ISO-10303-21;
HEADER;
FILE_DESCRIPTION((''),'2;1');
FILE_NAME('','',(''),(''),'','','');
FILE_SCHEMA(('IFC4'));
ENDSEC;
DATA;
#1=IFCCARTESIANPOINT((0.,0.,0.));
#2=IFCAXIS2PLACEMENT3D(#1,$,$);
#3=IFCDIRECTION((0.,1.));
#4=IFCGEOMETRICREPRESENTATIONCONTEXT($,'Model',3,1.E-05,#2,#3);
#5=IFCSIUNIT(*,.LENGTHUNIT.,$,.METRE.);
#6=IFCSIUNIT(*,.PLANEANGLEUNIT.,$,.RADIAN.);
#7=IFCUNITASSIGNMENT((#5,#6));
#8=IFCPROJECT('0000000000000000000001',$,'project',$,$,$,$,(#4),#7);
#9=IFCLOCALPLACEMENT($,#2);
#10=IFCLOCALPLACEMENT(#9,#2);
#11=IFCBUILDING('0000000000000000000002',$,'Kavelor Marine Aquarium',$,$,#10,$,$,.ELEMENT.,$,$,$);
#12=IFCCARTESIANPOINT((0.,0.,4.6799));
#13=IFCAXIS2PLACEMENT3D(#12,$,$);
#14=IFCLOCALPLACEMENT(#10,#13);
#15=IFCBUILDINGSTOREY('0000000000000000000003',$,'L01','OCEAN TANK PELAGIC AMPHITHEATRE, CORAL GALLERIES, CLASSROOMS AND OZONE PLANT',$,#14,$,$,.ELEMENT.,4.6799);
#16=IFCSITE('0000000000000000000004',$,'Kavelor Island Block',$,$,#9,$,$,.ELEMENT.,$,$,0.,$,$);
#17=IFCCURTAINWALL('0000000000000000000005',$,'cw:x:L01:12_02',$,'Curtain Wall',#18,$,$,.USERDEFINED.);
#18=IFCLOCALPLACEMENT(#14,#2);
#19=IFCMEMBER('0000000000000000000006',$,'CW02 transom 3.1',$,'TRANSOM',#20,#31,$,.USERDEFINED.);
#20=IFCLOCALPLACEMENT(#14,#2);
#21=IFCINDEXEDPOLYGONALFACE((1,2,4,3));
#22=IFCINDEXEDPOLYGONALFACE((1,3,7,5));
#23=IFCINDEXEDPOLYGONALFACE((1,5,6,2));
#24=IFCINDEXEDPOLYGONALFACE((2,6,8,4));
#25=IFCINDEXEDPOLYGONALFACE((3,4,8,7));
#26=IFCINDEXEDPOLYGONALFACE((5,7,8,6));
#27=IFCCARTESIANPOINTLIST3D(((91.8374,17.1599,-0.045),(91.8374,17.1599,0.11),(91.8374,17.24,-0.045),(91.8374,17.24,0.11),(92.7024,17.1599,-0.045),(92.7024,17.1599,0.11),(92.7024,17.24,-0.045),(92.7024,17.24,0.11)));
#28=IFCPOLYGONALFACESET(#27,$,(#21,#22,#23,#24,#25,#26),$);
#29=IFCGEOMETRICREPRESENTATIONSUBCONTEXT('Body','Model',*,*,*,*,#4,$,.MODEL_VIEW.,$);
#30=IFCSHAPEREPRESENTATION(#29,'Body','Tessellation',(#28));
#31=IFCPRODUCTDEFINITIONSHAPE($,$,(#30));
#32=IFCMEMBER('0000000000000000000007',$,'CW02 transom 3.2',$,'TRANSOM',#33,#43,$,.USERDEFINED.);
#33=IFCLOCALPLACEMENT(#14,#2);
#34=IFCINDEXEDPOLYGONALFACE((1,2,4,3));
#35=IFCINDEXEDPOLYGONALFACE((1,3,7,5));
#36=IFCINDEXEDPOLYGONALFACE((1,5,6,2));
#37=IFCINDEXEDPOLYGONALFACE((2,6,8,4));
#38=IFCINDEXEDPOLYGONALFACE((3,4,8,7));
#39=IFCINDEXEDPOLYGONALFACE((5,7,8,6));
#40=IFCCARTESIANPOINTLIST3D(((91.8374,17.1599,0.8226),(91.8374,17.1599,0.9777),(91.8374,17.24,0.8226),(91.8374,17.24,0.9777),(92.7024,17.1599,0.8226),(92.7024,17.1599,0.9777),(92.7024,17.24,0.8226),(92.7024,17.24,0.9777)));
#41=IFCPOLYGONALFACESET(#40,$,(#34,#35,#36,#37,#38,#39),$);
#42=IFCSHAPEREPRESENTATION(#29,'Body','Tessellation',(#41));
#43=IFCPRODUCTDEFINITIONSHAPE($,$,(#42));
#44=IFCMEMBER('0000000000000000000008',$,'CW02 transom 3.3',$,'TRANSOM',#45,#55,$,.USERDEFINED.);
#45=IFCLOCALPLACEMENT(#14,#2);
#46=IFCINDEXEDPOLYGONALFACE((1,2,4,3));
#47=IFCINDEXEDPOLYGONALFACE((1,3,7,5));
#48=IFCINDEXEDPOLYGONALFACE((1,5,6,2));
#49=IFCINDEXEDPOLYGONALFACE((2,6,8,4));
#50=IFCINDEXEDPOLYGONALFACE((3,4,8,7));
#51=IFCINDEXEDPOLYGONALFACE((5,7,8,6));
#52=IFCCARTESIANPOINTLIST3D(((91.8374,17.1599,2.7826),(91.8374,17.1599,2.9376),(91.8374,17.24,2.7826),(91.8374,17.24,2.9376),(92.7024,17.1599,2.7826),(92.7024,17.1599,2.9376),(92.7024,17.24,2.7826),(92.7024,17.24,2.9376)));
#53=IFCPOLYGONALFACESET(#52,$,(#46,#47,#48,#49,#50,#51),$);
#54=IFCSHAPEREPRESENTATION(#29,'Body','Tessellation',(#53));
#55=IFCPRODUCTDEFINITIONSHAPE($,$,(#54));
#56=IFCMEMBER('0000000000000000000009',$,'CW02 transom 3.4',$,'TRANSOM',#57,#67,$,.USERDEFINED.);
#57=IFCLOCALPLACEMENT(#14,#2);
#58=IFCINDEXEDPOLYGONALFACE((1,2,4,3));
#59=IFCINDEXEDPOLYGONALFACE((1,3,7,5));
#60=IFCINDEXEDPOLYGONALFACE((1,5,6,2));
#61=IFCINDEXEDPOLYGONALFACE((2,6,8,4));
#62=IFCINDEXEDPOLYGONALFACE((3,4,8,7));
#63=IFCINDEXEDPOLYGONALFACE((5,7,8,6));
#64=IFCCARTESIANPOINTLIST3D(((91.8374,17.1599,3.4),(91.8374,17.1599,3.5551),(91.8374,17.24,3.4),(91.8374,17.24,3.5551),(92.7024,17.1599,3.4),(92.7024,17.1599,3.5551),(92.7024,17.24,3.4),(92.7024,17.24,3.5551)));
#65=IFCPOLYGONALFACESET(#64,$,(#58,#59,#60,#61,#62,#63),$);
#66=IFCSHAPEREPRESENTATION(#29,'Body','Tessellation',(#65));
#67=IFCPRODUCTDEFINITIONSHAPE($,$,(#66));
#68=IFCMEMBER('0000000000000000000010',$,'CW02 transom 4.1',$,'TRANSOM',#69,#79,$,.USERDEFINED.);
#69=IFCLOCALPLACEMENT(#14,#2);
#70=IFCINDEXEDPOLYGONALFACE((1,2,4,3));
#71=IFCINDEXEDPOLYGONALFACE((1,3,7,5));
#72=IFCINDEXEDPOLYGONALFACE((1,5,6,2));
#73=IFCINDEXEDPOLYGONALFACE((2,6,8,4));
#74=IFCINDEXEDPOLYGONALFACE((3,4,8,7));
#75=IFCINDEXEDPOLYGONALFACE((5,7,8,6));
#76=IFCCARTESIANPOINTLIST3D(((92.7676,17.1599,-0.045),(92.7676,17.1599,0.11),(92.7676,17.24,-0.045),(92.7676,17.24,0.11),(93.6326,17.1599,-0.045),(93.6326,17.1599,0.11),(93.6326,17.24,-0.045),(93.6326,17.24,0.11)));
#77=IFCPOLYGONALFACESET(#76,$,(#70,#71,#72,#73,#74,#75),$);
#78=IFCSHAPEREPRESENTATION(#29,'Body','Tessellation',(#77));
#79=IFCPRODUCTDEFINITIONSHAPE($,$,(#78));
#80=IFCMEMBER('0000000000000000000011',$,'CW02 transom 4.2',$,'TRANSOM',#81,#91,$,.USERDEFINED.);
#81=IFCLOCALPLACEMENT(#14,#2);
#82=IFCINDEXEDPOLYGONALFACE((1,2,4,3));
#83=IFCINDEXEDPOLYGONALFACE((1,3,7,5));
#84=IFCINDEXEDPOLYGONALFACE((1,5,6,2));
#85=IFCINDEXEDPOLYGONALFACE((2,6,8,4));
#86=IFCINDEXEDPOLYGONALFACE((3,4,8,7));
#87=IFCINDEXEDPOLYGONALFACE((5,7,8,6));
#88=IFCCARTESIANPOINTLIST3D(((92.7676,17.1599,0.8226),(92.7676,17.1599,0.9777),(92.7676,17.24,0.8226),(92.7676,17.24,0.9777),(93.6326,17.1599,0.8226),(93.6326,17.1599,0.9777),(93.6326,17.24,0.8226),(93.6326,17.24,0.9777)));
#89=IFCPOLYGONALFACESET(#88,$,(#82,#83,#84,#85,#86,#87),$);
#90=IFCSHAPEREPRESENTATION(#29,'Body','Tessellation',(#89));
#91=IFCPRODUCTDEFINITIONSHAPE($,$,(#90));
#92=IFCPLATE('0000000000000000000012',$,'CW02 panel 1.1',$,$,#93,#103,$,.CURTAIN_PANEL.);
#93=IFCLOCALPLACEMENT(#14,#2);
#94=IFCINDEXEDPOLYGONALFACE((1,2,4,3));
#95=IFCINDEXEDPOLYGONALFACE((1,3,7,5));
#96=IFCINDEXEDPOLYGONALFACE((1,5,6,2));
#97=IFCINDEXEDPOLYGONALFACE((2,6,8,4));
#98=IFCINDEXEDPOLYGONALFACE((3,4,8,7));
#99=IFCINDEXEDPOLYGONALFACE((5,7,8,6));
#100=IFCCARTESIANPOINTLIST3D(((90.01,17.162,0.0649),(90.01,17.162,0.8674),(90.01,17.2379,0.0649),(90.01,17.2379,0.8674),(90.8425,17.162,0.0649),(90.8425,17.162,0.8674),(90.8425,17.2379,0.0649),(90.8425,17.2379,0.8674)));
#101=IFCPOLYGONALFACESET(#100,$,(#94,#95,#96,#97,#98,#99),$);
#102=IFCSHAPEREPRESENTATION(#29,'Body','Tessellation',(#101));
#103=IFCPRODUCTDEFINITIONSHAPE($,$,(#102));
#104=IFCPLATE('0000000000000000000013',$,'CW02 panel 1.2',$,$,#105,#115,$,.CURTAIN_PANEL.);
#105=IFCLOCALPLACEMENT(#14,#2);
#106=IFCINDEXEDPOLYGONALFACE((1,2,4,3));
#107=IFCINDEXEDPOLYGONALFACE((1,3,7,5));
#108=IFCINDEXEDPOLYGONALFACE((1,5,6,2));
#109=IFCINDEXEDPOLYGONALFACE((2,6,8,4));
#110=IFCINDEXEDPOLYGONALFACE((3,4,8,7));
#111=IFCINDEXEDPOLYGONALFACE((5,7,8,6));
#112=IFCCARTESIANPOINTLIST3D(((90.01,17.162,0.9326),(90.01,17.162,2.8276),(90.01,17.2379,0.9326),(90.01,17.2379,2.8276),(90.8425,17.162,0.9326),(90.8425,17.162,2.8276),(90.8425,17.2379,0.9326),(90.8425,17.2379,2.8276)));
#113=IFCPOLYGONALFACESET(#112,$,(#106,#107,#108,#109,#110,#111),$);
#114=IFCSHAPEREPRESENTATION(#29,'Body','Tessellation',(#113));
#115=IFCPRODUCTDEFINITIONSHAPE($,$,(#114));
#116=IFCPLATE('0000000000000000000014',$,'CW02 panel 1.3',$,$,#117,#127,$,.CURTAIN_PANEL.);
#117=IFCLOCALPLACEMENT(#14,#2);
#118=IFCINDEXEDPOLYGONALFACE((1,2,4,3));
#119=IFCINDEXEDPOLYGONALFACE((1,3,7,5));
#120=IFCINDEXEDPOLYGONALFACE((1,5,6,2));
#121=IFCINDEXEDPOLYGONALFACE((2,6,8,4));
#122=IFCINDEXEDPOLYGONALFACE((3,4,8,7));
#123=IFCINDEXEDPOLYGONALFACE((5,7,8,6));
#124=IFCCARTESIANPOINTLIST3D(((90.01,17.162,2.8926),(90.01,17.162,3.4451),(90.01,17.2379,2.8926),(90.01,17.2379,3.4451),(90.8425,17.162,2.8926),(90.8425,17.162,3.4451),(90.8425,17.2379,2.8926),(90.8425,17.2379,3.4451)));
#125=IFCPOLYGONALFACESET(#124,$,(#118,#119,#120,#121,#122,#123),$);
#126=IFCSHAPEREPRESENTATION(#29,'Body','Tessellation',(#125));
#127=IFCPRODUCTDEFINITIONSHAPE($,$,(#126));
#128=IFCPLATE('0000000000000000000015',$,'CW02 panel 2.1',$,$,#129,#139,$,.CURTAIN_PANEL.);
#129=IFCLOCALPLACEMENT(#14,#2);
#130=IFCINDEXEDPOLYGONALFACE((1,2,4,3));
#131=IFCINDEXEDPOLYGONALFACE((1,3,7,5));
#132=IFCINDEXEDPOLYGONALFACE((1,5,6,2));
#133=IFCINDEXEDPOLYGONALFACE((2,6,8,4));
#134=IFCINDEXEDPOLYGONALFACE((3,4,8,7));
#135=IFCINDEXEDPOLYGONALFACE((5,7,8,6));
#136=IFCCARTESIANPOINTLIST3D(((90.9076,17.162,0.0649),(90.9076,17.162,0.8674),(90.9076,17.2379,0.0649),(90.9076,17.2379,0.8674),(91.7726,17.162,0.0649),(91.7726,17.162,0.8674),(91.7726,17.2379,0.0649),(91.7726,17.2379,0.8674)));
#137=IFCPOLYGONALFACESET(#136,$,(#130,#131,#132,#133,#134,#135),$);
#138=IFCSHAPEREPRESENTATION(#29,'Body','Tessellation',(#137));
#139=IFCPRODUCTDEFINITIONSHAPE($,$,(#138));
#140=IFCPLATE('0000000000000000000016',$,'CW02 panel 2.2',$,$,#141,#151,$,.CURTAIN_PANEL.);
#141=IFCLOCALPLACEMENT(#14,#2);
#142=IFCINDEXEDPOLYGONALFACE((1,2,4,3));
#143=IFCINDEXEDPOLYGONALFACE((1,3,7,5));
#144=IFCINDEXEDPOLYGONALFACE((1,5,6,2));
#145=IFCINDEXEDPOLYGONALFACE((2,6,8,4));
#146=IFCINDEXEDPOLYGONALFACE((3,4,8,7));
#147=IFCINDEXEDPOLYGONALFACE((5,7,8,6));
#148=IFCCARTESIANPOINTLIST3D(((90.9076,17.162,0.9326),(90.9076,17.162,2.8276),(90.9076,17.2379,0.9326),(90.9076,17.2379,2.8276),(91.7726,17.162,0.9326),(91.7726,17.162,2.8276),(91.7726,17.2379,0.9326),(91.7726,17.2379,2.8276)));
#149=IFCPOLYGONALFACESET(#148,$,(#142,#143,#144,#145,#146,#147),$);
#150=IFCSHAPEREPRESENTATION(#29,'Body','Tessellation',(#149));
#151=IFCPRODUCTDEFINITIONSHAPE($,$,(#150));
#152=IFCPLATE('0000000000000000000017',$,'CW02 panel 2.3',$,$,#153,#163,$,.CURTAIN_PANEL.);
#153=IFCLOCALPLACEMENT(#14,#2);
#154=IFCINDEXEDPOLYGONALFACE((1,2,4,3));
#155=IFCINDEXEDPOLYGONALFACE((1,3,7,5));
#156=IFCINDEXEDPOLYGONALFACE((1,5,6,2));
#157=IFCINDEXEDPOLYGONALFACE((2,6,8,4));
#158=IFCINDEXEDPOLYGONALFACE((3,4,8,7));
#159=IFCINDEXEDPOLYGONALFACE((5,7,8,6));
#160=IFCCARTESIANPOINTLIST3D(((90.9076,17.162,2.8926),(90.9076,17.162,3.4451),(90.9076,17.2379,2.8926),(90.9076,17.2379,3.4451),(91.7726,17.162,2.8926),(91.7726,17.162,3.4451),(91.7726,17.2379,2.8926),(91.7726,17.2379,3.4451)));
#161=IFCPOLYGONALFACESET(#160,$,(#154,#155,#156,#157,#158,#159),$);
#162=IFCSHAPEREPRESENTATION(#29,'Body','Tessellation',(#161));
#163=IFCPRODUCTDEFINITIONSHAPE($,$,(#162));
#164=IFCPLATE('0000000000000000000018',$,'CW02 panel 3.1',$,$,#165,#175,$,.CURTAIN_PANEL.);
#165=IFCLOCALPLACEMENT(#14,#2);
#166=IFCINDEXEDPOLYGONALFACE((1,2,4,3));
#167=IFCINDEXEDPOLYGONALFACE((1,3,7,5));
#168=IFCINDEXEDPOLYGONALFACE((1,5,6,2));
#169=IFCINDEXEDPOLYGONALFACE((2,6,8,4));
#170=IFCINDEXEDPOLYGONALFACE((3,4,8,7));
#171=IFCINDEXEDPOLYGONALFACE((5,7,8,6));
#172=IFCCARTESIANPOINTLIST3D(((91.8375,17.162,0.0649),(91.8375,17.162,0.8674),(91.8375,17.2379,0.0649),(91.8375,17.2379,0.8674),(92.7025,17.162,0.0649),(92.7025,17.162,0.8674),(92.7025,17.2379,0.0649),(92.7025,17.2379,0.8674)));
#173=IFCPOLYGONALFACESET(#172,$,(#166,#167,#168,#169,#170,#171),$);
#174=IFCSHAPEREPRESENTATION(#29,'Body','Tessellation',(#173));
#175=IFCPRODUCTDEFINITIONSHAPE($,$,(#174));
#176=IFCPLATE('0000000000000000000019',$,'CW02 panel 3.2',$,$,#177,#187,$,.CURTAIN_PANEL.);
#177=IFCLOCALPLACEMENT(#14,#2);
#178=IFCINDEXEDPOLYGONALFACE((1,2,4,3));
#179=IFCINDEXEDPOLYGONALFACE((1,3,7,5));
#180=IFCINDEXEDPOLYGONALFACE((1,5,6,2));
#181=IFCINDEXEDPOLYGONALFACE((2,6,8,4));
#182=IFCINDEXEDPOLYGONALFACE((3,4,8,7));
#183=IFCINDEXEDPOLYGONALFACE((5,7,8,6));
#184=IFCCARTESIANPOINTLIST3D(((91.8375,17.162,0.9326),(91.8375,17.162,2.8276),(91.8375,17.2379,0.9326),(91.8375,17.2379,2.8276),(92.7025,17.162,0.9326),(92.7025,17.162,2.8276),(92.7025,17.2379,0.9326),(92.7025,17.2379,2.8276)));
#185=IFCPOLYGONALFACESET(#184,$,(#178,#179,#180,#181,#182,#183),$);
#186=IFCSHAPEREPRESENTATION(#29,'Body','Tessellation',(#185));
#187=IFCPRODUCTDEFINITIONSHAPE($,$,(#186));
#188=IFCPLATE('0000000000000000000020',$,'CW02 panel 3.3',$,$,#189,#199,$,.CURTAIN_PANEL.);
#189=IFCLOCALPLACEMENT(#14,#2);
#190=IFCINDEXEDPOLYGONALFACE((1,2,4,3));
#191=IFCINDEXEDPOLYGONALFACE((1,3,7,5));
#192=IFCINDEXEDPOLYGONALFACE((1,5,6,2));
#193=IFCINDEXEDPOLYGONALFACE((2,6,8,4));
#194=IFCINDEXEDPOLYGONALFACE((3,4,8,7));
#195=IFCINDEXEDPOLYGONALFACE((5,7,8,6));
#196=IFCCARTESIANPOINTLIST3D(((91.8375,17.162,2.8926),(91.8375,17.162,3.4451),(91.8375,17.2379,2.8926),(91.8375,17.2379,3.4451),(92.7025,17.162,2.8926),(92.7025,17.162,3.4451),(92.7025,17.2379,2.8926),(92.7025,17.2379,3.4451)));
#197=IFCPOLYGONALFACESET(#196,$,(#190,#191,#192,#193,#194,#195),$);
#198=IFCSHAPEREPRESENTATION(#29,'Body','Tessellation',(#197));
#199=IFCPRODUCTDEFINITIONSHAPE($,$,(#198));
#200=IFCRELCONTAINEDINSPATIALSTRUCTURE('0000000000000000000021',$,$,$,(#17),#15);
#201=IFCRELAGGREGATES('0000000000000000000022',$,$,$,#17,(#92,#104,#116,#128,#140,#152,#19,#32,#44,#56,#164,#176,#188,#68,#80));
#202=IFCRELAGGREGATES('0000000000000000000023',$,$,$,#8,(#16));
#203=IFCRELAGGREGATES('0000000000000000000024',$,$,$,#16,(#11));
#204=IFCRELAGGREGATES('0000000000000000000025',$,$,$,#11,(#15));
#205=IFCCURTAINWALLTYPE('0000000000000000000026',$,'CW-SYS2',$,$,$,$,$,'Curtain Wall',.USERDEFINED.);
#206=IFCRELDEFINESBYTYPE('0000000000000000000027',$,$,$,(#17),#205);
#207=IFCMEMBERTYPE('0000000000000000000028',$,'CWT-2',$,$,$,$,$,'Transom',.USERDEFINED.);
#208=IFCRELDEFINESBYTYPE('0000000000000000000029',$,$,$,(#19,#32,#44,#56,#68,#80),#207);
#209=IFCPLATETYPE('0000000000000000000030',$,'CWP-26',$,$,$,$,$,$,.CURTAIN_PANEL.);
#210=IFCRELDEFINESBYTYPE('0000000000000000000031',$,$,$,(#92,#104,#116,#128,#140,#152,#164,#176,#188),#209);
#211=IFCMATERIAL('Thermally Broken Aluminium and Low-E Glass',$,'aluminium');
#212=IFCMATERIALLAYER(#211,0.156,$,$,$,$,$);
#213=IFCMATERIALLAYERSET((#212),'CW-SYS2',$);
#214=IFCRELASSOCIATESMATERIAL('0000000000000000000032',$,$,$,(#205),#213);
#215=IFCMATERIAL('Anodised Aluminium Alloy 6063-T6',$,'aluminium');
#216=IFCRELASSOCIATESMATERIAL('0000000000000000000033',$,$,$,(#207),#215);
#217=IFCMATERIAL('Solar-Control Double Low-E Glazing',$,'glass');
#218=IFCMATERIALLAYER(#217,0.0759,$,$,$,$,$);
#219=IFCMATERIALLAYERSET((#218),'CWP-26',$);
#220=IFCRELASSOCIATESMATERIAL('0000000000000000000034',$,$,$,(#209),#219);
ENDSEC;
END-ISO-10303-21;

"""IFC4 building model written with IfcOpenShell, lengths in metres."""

from ifc_helpers import new_model, si_unit, direction, frame, origin, origin_2d, place, context, subcontext, project, spatial, rectangle, extrude, material, layer, layer_set, material_profile, profile_set, type_object, element, aggregate, save


model = new_model("IFC4")

# Units and contexts
model_context = context("Model", 3, precision=1e-05, world=origin(), true_north=direction((0.0, 1.0)))
body_context = subcontext(model_context, "Body", "Model", "MODEL_VIEW")
ifc_project = project(units=[si_unit("LENGTHUNIT", "METRE"), si_unit("PLANEANGLEUNIT", "RADIAN")], contexts=[model_context])

# Site, building, storey
site_placement = place(None, origin())
site = spatial("IfcSite", under=ifc_project, at=site_placement, Name="Kavelor Island Block", CompositionType="ELEMENT", RefElevation=0.0)
building_placement = place(site_placement, origin())
building = spatial("IfcBuilding", under=site, at=building_placement, Name="Kavelor Marine Aquarium", CompositionType="ELEMENT")
storey_placement = place(building_placement, frame((0.0, 0.0, 4.6799)))
storey = spatial("IfcBuildingStorey", under=building, at=storey_placement, Name="L01", Description="OCEAN TANK PELAGIC AMPHITHEATRE, CORAL GALLERIES, CLASSROOMS AND OZONE PLANT", CompositionType="ELEMENT", Elevation=4.6799)

# Curtain wall, members, plates
ifc_material_1 = material(Name="Thermally Broken Aluminium and Low-E Glass", Category="aluminium")
ifc_layer_1 = layer(ifc_material_1, 0.156)
ifc_layer_set_1 = layer_set([ifc_layer_1], Name="CW-SYS2")
curtain_wall_type = type_object("IfcCurtainWallType", Name="CW-SYS2", ElementType="Curtain Wall", PredefinedType="USERDEFINED", material=ifc_layer_set_1)
curtain_wall_placement = place(storey_placement, origin())
curtain_wall = element("IfcCurtainWall", 1, at=curtain_wall_placement, inside=storey, type_object=curtain_wall_type, Name="cw:x:L01:12_02", ObjectType="Curtain Wall", PredefinedType="USERDEFINED")
ifc_material_2 = material(Name="Anodised Aluminium Alloy 6063-T6", Category="aluminium")
ifc_material_profile_1 = material_profile(ifc_material_2, rectangle(XDim=0.0801, YDim=0.155, at=origin_2d()), Name="CW-TRN 80x155")
ifc_profile_set_1 = profile_set([ifc_material_profile_1], Name="Anodised Aluminium Alloy 6063-T6")
member_type_1 = type_object("IfcMemberType", Name="CWT-2", ElementType="Transom", PredefinedType="USERDEFINED", material=ifc_profile_set_1)
member_1_placement = place(storey_placement, frame((91.8374, 17.2, 0.0325), z_axis=(1.0, 0.0, 0.0), x_axis=(0.0, 1.0, 0.0)))
member_1 = element("IfcMember", 2, at=member_1_placement, type_object=member_type_1, Name="CW02 transom 3.1", ObjectType="TRANSOM", PredefinedType="USERDEFINED", context=body_context, shape_type="SweptSolid", body=[
    extrude(rectangle(XDim=0.0801, YDim=0.155, at=origin_2d()), origin(), (0.0, 0.0, 1.0), 0.865),
])
member_2_placement = place(storey_placement, frame((91.8374, 17.2, 0.9001), z_axis=(1.0, 0.0, 0.0), x_axis=(0.0, 1.0, 0.0)))
member_2 = element("IfcMember", 3, at=member_2_placement, type_object=member_type_1, Name="CW02 transom 3.2", ObjectType="TRANSOM", PredefinedType="USERDEFINED", context=body_context, shape_type="SweptSolid", body=[
    extrude(rectangle(XDim=0.0801, YDim=0.155, at=origin_2d()), origin(), (0.0, 0.0, 1.0), 0.865),
])
member_3_placement = place(storey_placement, frame((91.8374, 17.2, 2.8601), z_axis=(1.0, 0.0, 0.0), x_axis=(0.0, 1.0, 0.0)))
member_3 = element("IfcMember", 4, at=member_3_placement, type_object=member_type_1, Name="CW02 transom 3.3", ObjectType="TRANSOM", PredefinedType="USERDEFINED", context=body_context, shape_type="SweptSolid", body=[
    extrude(rectangle(XDim=0.0801, YDim=0.155, at=origin_2d()), origin(), (0.0, 0.0, 1.0), 0.865),
])
member_4_placement = place(storey_placement, frame((91.8374, 17.2, 3.4775), z_axis=(1.0, 0.0, 0.0), x_axis=(0.0, 1.0, 0.0)))
member_4 = element("IfcMember", 5, at=member_4_placement, type_object=member_type_1, Name="CW02 transom 3.4", ObjectType="TRANSOM", PredefinedType="USERDEFINED", context=body_context, shape_type="SweptSolid", body=[
    extrude(rectangle(XDim=0.0801, YDim=0.155, at=origin_2d()), origin(), (0.0, 0.0, 1.0), 0.865),
])
member_5_placement = place(storey_placement, frame((92.7676, 17.2, 0.0325), z_axis=(1.0, 0.0, 0.0), x_axis=(0.0, 1.0, 0.0)))
member_5 = element("IfcMember", 6, at=member_5_placement, type_object=member_type_1, Name="CW02 transom 4.1", ObjectType="TRANSOM", PredefinedType="USERDEFINED", context=body_context, shape_type="SweptSolid", body=[
    extrude(rectangle(XDim=0.0801, YDim=0.155, at=origin_2d()), origin(), (0.0, 0.0, 1.0), 0.865),
])
member_6_placement = place(storey_placement, frame((92.7676, 17.2, 0.9001), z_axis=(1.0, 0.0, 0.0), x_axis=(0.0, 1.0, 0.0)))
member_6 = element("IfcMember", 7, at=member_6_placement, type_object=member_type_1, Name="CW02 transom 4.2", ObjectType="TRANSOM", PredefinedType="USERDEFINED", context=body_context, shape_type="SweptSolid", body=[
    extrude(rectangle(XDim=0.0801, YDim=0.155, at=origin_2d()), origin(), (0.0, 0.0, 1.0), 0.865),
])
ifc_material_3 = material(Name="Solar-Control Double Low-E Glazing", Category="glass")
ifc_layer_2 = layer(ifc_material_3, 0.0759)
ifc_layer_set_2 = layer_set([ifc_layer_2], Name="CWP-26")
plate_type = type_object("IfcPlateType", Name="CWP-26", PredefinedType="CURTAIN_PANEL", material=ifc_layer_set_2)
plate_1_placement = place(storey_placement, frame((90.4263, 17.2, 0.0649), z_axis=(0.0, 0.0, 1.0), x_axis=(1.0, 0.0, 0.0)))
plate_1 = element("IfcPlate", 8, at=plate_1_placement, type_object=plate_type, Name="CW02 panel 1.1", PredefinedType="CURTAIN_PANEL", context=body_context, shape_type="SweptSolid", body=[
    extrude(rectangle(XDim=0.8325, YDim=0.0759, at=origin_2d()), origin(), (0.0, 0.0, 1.0), 0.8025),
])
plate_2_placement = place(storey_placement, frame((90.4263, 17.2, 0.9326), z_axis=(0.0, 0.0, 1.0), x_axis=(1.0, 0.0, 0.0)))
plate_2 = element("IfcPlate", 9, at=plate_2_placement, type_object=plate_type, Name="CW02 panel 1.2", PredefinedType="CURTAIN_PANEL", context=body_context, shape_type="SweptSolid", body=[
    extrude(rectangle(XDim=0.8325, YDim=0.0759, at=origin_2d()), origin(), (0.0, 0.0, 1.0), 1.895),
])
plate_3_placement = place(storey_placement, frame((90.4263, 17.2, 2.8926), z_axis=(0.0, 0.0, 1.0), x_axis=(1.0, 0.0, 0.0)))
plate_3 = element("IfcPlate", 10, at=plate_3_placement, type_object=plate_type, Name="CW02 panel 1.3", PredefinedType="CURTAIN_PANEL", context=body_context, shape_type="SweptSolid", body=[
    extrude(rectangle(XDim=0.8325, YDim=0.0759, at=origin_2d()), origin(), (0.0, 0.0, 1.0), 0.5525),
])
plate_4_placement = place(storey_placement, frame((91.3401, 17.2, 0.0649), z_axis=(0.0, 0.0, 1.0), x_axis=(1.0, 0.0, 0.0)))
plate_4 = element("IfcPlate", 11, at=plate_4_placement, type_object=plate_type, Name="CW02 panel 2.1", PredefinedType="CURTAIN_PANEL", context=body_context, shape_type="SweptSolid", body=[
    extrude(rectangle(XDim=0.865, YDim=0.0759, at=origin_2d()), origin(), (0.0, 0.0, 1.0), 0.8025),
])
plate_5_placement = place(storey_placement, frame((91.3401, 17.2, 0.9326), z_axis=(0.0, 0.0, 1.0), x_axis=(1.0, 0.0, 0.0)))
plate_5 = element("IfcPlate", 12, at=plate_5_placement, type_object=plate_type, Name="CW02 panel 2.2", PredefinedType="CURTAIN_PANEL", context=body_context, shape_type="SweptSolid", body=[
    extrude(rectangle(XDim=0.865, YDim=0.0759, at=origin_2d()), origin(), (0.0, 0.0, 1.0), 1.895),
])
plate_6_placement = place(storey_placement, frame((91.3401, 17.2, 2.8926), z_axis=(0.0, 0.0, 1.0), x_axis=(1.0, 0.0, 0.0)))
plate_6 = element("IfcPlate", 13, at=plate_6_placement, type_object=plate_type, Name="CW02 panel 2.3", PredefinedType="CURTAIN_PANEL", context=body_context, shape_type="SweptSolid", body=[
    extrude(rectangle(XDim=0.865, YDim=0.0759, at=origin_2d()), origin(), (0.0, 0.0, 1.0), 0.5525),
])
plate_7_placement = place(storey_placement, frame((92.27, 17.2, 0.0649), z_axis=(0.0, 0.0, 1.0), x_axis=(1.0, 0.0, 0.0)))
plate_7 = element("IfcPlate", 14, at=plate_7_placement, type_object=plate_type, Name="CW02 panel 3.1", PredefinedType="CURTAIN_PANEL", context=body_context, shape_type="SweptSolid", body=[
    extrude(rectangle(XDim=0.865, YDim=0.0759, at=origin_2d()), origin(), (0.0, 0.0, 1.0), 0.8025),
])
plate_8_placement = place(storey_placement, frame((92.27, 17.2, 0.9326), z_axis=(0.0, 0.0, 1.0), x_axis=(1.0, 0.0, 0.0)))
plate_8 = element("IfcPlate", 15, at=plate_8_placement, type_object=plate_type, Name="CW02 panel 3.2", PredefinedType="CURTAIN_PANEL", context=body_context, shape_type="SweptSolid", body=[
    extrude(rectangle(XDim=0.865, YDim=0.0759, at=origin_2d()), origin(), (0.0, 0.0, 1.0), 1.895),
])
plate_9_placement = place(storey_placement, frame((92.27, 17.2, 2.8926), z_axis=(0.0, 0.0, 1.0), x_axis=(1.0, 0.0, 0.0)))
plate_9 = element("IfcPlate", 16, at=plate_9_placement, type_object=plate_type, Name="CW02 panel 3.3", PredefinedType="CURTAIN_PANEL", context=body_context, shape_type="SweptSolid", body=[
    extrude(rectangle(XDim=0.865, YDim=0.0759, at=origin_2d()), origin(), (0.0, 0.0, 1.0), 0.5525),
])
aggregate(curtain_wall, [plate_1, plate_2, plate_3, plate_4, plate_5, plate_6, member_1, member_2, member_3, member_4, plate_7, plate_8, plate_9, member_5, member_6])

save(model, "model.ifc")
